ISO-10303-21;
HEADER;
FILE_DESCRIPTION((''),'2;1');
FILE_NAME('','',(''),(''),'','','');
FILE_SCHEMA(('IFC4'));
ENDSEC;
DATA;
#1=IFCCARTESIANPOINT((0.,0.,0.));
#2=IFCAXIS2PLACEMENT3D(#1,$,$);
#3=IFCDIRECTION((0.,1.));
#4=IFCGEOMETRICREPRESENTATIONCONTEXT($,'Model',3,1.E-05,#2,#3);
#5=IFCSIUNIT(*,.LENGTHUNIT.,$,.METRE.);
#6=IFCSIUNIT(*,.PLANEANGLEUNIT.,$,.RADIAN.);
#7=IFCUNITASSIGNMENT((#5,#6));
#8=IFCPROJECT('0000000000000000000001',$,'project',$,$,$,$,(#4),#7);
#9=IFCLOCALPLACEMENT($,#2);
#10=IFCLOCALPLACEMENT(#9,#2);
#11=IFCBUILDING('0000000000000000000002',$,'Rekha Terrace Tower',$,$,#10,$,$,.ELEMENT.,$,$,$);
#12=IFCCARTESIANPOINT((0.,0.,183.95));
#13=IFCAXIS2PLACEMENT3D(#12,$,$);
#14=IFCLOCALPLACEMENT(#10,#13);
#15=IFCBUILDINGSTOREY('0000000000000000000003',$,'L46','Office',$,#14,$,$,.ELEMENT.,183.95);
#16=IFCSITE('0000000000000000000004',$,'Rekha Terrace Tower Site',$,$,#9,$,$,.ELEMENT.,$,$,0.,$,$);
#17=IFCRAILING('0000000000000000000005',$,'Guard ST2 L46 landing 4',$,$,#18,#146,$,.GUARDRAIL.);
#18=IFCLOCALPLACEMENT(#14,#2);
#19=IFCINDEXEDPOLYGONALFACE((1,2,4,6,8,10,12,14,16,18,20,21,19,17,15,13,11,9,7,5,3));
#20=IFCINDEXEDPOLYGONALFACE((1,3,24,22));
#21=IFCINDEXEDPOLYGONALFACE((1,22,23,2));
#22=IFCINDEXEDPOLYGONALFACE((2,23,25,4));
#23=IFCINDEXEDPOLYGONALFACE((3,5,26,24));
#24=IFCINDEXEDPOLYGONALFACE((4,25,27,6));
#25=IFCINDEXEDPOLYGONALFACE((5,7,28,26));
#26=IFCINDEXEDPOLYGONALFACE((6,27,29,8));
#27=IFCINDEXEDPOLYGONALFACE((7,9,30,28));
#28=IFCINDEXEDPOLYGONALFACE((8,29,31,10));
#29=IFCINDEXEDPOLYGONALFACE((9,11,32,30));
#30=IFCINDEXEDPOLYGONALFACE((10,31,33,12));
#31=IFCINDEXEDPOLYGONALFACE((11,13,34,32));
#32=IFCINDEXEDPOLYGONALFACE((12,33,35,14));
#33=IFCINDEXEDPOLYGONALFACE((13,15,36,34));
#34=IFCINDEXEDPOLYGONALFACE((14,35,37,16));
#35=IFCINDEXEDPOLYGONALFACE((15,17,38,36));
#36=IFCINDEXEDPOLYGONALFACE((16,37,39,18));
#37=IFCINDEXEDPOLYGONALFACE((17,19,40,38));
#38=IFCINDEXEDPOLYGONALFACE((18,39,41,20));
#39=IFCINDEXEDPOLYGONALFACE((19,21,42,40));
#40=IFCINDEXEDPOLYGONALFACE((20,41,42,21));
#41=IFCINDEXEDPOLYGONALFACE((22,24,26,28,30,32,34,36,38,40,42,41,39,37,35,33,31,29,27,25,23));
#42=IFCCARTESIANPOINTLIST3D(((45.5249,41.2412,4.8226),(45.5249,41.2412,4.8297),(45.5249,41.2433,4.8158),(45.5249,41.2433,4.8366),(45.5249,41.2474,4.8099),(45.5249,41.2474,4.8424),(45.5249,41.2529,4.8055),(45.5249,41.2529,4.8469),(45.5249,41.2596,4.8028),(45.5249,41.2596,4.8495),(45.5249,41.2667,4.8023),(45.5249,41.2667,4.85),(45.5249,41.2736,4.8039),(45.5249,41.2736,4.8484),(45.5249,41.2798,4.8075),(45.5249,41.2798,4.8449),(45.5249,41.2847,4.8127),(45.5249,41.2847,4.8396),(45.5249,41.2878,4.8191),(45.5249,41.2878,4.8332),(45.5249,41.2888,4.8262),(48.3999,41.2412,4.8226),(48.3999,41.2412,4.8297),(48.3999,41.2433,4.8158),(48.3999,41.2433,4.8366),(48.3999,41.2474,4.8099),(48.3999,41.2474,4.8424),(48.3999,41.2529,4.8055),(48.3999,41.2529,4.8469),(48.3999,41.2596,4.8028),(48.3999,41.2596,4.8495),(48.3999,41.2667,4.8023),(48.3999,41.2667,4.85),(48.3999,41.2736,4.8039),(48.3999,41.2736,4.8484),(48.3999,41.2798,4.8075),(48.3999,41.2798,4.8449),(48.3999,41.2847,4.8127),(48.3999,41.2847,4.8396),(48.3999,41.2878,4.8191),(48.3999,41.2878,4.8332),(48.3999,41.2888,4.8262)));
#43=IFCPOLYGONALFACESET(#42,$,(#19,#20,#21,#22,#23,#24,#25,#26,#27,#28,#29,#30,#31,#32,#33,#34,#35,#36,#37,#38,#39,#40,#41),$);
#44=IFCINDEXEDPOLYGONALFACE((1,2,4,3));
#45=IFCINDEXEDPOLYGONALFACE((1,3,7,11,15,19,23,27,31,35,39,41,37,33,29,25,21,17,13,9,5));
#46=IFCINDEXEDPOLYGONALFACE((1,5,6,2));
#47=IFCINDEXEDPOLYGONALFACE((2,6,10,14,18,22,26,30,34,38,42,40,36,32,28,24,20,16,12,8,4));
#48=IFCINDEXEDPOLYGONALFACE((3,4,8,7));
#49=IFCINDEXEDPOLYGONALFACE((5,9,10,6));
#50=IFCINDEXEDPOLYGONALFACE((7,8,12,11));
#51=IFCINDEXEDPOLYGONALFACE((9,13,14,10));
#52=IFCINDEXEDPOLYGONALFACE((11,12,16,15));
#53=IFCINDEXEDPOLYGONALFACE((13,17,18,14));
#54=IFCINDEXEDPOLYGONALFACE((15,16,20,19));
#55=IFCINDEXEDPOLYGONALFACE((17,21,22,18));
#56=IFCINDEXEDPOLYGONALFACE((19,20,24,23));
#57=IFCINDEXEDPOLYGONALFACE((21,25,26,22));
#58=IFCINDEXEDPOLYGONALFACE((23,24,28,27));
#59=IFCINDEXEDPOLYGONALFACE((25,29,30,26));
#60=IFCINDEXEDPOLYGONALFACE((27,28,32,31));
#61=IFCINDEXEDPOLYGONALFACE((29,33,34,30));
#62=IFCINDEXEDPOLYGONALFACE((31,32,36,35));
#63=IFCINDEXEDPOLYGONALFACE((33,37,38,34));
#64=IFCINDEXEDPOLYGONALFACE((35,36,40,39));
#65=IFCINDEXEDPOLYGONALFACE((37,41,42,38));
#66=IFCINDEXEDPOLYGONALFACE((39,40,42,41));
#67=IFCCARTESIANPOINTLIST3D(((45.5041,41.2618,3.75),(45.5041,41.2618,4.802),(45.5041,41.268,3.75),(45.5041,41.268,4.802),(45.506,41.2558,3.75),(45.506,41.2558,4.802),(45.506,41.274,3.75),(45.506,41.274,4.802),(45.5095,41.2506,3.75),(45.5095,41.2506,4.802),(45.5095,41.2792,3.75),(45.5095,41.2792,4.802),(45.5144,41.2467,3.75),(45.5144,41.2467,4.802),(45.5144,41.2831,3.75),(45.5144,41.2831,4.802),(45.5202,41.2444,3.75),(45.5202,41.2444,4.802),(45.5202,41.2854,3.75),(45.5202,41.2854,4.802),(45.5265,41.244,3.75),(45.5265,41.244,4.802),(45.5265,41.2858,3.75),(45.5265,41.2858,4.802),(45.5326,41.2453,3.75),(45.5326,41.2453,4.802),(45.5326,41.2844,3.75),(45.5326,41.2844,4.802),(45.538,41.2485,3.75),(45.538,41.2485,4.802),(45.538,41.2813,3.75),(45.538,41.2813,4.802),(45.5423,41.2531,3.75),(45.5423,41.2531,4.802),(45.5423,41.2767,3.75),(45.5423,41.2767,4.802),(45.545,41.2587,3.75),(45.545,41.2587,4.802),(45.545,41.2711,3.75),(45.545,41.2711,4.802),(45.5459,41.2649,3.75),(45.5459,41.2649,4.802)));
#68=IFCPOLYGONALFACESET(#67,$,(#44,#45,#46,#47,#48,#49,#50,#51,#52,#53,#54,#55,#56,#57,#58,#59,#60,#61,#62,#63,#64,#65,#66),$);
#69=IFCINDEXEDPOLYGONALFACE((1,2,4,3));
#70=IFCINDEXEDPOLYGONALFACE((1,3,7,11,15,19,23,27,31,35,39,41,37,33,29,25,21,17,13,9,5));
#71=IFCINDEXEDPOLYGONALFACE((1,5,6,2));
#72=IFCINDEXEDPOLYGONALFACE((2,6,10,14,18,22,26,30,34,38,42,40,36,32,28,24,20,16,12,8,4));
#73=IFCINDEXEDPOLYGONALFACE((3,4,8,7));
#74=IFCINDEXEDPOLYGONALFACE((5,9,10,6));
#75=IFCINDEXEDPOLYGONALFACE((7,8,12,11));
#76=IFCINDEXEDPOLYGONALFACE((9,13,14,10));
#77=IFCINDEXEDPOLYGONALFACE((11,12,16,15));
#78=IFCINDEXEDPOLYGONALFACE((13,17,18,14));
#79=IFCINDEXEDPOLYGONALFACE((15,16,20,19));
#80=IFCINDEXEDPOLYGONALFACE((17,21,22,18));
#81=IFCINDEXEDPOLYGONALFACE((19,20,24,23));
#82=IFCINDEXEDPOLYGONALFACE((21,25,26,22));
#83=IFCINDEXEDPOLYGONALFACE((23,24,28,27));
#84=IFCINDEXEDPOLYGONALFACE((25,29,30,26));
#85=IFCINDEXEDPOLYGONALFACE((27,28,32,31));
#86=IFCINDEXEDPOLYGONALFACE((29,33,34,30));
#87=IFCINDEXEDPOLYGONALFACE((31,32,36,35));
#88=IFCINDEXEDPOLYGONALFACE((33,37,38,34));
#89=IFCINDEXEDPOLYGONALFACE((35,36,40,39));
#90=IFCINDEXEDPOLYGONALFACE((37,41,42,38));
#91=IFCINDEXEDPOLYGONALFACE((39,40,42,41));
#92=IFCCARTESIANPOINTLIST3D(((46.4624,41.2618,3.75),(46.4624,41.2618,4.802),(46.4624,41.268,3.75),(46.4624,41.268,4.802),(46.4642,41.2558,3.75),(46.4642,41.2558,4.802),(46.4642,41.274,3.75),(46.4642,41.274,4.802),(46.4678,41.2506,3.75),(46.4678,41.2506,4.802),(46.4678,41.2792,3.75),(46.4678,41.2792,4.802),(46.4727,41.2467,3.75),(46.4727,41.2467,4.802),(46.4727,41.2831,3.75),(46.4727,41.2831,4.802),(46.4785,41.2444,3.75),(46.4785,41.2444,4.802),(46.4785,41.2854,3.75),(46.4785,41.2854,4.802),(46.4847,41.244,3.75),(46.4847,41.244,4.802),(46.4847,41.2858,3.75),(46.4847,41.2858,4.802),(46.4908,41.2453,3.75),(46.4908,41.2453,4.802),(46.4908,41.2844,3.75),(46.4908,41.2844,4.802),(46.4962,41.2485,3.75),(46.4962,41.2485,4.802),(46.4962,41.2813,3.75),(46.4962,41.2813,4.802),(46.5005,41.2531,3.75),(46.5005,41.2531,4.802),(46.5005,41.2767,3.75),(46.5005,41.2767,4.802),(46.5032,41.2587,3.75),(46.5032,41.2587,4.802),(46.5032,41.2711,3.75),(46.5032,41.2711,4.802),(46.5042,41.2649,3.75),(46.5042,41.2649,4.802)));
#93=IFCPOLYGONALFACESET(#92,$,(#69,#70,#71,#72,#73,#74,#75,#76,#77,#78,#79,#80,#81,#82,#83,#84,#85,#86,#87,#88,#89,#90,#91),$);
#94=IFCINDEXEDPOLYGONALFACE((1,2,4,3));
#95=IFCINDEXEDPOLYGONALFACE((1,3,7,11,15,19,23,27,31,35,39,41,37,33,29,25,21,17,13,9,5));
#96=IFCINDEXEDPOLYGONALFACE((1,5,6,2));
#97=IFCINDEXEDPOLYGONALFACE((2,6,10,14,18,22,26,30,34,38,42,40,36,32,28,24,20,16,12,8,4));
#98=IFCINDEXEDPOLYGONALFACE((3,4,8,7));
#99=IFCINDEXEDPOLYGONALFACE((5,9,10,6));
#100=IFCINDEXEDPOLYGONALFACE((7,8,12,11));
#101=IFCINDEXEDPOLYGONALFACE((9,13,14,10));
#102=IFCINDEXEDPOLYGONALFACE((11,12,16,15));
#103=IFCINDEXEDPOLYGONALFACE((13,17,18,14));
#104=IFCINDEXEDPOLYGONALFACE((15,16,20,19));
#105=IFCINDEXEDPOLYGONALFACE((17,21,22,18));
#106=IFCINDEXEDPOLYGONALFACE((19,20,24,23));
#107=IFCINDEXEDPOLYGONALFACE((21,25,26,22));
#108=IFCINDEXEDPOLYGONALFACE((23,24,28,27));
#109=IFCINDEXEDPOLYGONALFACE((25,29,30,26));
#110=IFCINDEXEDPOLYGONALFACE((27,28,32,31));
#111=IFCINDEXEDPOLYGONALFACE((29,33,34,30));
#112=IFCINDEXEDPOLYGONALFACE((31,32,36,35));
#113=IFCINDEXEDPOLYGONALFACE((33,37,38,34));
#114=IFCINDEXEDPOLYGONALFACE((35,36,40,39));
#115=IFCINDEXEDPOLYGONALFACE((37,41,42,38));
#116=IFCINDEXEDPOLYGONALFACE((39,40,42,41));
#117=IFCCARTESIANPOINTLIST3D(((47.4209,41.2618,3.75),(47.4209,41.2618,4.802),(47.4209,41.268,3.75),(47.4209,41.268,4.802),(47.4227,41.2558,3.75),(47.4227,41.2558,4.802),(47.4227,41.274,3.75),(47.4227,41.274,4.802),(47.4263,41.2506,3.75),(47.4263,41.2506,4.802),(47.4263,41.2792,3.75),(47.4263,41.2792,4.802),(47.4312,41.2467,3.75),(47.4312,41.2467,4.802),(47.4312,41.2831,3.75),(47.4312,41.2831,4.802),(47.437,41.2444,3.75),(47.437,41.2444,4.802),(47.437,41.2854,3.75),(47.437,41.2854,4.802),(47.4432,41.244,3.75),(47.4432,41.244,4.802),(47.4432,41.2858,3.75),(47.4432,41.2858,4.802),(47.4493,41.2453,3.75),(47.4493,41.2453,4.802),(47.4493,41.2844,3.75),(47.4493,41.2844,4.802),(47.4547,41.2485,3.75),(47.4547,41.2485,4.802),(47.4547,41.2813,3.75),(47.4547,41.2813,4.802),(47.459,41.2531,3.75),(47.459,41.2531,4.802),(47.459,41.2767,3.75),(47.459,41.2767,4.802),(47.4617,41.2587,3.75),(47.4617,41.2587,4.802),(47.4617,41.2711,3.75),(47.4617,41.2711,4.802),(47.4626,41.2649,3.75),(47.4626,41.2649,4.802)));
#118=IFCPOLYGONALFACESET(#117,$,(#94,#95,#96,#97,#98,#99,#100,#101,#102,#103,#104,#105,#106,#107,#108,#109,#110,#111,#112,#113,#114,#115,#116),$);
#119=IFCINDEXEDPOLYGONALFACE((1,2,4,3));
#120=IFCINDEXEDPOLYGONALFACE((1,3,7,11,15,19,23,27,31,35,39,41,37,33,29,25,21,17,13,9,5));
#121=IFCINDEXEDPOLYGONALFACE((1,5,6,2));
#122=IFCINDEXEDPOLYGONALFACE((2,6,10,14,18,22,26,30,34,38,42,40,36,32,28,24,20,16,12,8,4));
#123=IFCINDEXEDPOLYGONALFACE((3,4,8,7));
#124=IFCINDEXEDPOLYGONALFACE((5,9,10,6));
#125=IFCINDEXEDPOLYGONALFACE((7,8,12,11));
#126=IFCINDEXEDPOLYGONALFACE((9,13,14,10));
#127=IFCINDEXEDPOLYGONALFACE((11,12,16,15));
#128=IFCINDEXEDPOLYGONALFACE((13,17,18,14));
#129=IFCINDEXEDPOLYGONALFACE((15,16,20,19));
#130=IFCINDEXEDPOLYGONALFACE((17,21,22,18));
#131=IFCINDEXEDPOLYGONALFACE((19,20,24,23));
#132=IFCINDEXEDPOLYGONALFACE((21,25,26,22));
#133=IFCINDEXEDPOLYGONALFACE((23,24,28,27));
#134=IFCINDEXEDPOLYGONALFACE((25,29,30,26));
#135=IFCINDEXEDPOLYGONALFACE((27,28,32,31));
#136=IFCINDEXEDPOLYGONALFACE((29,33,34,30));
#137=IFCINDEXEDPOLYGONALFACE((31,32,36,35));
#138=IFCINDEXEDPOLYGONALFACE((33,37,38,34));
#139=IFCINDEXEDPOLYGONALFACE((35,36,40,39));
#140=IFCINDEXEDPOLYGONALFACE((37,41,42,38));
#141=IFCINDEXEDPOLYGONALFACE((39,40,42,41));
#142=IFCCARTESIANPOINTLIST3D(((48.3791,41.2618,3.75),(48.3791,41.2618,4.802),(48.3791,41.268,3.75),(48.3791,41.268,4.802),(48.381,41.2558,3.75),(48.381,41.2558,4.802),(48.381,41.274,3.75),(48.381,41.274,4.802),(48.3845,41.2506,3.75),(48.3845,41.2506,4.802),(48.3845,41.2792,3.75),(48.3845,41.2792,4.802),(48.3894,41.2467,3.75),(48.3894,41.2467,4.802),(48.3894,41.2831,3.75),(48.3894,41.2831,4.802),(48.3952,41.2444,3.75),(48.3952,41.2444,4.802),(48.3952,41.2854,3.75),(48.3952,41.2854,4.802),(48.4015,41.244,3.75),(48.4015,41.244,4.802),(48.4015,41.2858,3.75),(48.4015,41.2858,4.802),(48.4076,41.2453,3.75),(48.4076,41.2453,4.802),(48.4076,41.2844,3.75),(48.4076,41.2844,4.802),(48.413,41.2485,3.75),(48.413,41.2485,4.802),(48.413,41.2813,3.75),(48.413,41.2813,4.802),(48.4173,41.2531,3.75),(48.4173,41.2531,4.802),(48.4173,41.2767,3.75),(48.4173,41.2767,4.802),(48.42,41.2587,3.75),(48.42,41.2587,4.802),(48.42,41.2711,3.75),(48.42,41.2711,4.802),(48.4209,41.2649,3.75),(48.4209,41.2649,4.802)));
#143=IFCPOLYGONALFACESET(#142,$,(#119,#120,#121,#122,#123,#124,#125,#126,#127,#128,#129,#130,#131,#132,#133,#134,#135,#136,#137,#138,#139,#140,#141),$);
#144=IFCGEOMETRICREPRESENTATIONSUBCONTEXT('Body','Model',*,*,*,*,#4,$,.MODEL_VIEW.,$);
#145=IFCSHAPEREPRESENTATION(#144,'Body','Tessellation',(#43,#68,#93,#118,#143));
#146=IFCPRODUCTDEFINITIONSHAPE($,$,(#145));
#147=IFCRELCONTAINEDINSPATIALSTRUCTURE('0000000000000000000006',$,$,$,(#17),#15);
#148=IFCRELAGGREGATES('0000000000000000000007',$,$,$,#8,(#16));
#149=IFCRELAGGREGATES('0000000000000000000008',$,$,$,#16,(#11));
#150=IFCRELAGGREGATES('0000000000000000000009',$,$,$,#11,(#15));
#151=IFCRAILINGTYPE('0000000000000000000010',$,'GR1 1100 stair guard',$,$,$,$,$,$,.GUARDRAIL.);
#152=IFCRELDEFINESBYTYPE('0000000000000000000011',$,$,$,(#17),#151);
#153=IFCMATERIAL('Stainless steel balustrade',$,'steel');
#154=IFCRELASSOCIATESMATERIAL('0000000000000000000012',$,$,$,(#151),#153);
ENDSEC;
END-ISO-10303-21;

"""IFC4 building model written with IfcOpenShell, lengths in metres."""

from ifc_helpers import new_model, si_unit, direction, frame, origin, origin_2d, place, context, subcontext, project, spatial, circle, extrude, material, type_object, element, save


model = new_model("IFC4")

# Units and contexts
model_context = context("Model", 3, precision=1e-05, world=origin(), true_north=direction((0.0, 1.0)))
body_context = subcontext(model_context, "Body", "Model", "MODEL_VIEW")
ifc_project = project(units=[si_unit("LENGTHUNIT", "METRE"), si_unit("PLANEANGLEUNIT", "RADIAN")], contexts=[model_context])

# Site, building, storey
site_placement = place(None, origin())
site = spatial("IfcSite", under=ifc_project, at=site_placement, Name="Rekha Terrace Tower Site", CompositionType="ELEMENT", RefElevation=0.0)
building_placement = place(site_placement, origin())
building = spatial("IfcBuilding", under=site, at=building_placement, Name="Rekha Terrace Tower", CompositionType="ELEMENT")
storey_placement = place(building_placement, frame((0.0, 0.0, 183.95)))
storey = spatial("IfcBuildingStorey", under=building, at=storey_placement, Name="L46", Description="Office", CompositionType="ELEMENT", Elevation=183.95)

# Railing
ifc_material_1 = material(Name="Stainless steel balustrade", Category="steel")
railing_type_1 = type_object("IfcRailingType", Name="GR1 1100 stair guard", PredefinedType="GUARDRAIL", material=ifc_material_1)
railing_1_placement = place(storey_placement, frame((45.5249, 41.2649, 3.75)))
element("IfcRailing", 1, at=railing_1_placement, inside=storey, type_object=railing_type_1, Name="Guard ST2 L46 landing 4", PredefinedType="GUARDRAIL", context=body_context, shape_type="SweptSolid", body=[
    extrude(circle(Radius=0.0239, at=origin_2d()), frame((0.0, 0.0, 1.0762), z_axis=(1.0, 0.0, 0.0), x_axis=(0.0, 1.0, 0.0)), (0.0, 0.0, 1.0), 2.875),
    extrude(circle(Radius=0.021, at=origin_2d()), origin(), (0.0, 0.0, 1.0), 1.052),
    extrude(circle(Radius=0.021, at=origin_2d()), frame((0.9583, 0.0, 0.0)), (0.0, 0.0, 1.0), 1.052),
    extrude(circle(Radius=0.021, at=origin_2d()), frame((1.9167, 0.0, 0.0)), (0.0, 0.0, 1.0), 1.052),
    extrude(circle(Radius=0.021, at=origin_2d()), frame((2.875, 0.0, 0.0)), (0.0, 0.0, 1.0), 1.052),
])

save(model, "model.ifc")
